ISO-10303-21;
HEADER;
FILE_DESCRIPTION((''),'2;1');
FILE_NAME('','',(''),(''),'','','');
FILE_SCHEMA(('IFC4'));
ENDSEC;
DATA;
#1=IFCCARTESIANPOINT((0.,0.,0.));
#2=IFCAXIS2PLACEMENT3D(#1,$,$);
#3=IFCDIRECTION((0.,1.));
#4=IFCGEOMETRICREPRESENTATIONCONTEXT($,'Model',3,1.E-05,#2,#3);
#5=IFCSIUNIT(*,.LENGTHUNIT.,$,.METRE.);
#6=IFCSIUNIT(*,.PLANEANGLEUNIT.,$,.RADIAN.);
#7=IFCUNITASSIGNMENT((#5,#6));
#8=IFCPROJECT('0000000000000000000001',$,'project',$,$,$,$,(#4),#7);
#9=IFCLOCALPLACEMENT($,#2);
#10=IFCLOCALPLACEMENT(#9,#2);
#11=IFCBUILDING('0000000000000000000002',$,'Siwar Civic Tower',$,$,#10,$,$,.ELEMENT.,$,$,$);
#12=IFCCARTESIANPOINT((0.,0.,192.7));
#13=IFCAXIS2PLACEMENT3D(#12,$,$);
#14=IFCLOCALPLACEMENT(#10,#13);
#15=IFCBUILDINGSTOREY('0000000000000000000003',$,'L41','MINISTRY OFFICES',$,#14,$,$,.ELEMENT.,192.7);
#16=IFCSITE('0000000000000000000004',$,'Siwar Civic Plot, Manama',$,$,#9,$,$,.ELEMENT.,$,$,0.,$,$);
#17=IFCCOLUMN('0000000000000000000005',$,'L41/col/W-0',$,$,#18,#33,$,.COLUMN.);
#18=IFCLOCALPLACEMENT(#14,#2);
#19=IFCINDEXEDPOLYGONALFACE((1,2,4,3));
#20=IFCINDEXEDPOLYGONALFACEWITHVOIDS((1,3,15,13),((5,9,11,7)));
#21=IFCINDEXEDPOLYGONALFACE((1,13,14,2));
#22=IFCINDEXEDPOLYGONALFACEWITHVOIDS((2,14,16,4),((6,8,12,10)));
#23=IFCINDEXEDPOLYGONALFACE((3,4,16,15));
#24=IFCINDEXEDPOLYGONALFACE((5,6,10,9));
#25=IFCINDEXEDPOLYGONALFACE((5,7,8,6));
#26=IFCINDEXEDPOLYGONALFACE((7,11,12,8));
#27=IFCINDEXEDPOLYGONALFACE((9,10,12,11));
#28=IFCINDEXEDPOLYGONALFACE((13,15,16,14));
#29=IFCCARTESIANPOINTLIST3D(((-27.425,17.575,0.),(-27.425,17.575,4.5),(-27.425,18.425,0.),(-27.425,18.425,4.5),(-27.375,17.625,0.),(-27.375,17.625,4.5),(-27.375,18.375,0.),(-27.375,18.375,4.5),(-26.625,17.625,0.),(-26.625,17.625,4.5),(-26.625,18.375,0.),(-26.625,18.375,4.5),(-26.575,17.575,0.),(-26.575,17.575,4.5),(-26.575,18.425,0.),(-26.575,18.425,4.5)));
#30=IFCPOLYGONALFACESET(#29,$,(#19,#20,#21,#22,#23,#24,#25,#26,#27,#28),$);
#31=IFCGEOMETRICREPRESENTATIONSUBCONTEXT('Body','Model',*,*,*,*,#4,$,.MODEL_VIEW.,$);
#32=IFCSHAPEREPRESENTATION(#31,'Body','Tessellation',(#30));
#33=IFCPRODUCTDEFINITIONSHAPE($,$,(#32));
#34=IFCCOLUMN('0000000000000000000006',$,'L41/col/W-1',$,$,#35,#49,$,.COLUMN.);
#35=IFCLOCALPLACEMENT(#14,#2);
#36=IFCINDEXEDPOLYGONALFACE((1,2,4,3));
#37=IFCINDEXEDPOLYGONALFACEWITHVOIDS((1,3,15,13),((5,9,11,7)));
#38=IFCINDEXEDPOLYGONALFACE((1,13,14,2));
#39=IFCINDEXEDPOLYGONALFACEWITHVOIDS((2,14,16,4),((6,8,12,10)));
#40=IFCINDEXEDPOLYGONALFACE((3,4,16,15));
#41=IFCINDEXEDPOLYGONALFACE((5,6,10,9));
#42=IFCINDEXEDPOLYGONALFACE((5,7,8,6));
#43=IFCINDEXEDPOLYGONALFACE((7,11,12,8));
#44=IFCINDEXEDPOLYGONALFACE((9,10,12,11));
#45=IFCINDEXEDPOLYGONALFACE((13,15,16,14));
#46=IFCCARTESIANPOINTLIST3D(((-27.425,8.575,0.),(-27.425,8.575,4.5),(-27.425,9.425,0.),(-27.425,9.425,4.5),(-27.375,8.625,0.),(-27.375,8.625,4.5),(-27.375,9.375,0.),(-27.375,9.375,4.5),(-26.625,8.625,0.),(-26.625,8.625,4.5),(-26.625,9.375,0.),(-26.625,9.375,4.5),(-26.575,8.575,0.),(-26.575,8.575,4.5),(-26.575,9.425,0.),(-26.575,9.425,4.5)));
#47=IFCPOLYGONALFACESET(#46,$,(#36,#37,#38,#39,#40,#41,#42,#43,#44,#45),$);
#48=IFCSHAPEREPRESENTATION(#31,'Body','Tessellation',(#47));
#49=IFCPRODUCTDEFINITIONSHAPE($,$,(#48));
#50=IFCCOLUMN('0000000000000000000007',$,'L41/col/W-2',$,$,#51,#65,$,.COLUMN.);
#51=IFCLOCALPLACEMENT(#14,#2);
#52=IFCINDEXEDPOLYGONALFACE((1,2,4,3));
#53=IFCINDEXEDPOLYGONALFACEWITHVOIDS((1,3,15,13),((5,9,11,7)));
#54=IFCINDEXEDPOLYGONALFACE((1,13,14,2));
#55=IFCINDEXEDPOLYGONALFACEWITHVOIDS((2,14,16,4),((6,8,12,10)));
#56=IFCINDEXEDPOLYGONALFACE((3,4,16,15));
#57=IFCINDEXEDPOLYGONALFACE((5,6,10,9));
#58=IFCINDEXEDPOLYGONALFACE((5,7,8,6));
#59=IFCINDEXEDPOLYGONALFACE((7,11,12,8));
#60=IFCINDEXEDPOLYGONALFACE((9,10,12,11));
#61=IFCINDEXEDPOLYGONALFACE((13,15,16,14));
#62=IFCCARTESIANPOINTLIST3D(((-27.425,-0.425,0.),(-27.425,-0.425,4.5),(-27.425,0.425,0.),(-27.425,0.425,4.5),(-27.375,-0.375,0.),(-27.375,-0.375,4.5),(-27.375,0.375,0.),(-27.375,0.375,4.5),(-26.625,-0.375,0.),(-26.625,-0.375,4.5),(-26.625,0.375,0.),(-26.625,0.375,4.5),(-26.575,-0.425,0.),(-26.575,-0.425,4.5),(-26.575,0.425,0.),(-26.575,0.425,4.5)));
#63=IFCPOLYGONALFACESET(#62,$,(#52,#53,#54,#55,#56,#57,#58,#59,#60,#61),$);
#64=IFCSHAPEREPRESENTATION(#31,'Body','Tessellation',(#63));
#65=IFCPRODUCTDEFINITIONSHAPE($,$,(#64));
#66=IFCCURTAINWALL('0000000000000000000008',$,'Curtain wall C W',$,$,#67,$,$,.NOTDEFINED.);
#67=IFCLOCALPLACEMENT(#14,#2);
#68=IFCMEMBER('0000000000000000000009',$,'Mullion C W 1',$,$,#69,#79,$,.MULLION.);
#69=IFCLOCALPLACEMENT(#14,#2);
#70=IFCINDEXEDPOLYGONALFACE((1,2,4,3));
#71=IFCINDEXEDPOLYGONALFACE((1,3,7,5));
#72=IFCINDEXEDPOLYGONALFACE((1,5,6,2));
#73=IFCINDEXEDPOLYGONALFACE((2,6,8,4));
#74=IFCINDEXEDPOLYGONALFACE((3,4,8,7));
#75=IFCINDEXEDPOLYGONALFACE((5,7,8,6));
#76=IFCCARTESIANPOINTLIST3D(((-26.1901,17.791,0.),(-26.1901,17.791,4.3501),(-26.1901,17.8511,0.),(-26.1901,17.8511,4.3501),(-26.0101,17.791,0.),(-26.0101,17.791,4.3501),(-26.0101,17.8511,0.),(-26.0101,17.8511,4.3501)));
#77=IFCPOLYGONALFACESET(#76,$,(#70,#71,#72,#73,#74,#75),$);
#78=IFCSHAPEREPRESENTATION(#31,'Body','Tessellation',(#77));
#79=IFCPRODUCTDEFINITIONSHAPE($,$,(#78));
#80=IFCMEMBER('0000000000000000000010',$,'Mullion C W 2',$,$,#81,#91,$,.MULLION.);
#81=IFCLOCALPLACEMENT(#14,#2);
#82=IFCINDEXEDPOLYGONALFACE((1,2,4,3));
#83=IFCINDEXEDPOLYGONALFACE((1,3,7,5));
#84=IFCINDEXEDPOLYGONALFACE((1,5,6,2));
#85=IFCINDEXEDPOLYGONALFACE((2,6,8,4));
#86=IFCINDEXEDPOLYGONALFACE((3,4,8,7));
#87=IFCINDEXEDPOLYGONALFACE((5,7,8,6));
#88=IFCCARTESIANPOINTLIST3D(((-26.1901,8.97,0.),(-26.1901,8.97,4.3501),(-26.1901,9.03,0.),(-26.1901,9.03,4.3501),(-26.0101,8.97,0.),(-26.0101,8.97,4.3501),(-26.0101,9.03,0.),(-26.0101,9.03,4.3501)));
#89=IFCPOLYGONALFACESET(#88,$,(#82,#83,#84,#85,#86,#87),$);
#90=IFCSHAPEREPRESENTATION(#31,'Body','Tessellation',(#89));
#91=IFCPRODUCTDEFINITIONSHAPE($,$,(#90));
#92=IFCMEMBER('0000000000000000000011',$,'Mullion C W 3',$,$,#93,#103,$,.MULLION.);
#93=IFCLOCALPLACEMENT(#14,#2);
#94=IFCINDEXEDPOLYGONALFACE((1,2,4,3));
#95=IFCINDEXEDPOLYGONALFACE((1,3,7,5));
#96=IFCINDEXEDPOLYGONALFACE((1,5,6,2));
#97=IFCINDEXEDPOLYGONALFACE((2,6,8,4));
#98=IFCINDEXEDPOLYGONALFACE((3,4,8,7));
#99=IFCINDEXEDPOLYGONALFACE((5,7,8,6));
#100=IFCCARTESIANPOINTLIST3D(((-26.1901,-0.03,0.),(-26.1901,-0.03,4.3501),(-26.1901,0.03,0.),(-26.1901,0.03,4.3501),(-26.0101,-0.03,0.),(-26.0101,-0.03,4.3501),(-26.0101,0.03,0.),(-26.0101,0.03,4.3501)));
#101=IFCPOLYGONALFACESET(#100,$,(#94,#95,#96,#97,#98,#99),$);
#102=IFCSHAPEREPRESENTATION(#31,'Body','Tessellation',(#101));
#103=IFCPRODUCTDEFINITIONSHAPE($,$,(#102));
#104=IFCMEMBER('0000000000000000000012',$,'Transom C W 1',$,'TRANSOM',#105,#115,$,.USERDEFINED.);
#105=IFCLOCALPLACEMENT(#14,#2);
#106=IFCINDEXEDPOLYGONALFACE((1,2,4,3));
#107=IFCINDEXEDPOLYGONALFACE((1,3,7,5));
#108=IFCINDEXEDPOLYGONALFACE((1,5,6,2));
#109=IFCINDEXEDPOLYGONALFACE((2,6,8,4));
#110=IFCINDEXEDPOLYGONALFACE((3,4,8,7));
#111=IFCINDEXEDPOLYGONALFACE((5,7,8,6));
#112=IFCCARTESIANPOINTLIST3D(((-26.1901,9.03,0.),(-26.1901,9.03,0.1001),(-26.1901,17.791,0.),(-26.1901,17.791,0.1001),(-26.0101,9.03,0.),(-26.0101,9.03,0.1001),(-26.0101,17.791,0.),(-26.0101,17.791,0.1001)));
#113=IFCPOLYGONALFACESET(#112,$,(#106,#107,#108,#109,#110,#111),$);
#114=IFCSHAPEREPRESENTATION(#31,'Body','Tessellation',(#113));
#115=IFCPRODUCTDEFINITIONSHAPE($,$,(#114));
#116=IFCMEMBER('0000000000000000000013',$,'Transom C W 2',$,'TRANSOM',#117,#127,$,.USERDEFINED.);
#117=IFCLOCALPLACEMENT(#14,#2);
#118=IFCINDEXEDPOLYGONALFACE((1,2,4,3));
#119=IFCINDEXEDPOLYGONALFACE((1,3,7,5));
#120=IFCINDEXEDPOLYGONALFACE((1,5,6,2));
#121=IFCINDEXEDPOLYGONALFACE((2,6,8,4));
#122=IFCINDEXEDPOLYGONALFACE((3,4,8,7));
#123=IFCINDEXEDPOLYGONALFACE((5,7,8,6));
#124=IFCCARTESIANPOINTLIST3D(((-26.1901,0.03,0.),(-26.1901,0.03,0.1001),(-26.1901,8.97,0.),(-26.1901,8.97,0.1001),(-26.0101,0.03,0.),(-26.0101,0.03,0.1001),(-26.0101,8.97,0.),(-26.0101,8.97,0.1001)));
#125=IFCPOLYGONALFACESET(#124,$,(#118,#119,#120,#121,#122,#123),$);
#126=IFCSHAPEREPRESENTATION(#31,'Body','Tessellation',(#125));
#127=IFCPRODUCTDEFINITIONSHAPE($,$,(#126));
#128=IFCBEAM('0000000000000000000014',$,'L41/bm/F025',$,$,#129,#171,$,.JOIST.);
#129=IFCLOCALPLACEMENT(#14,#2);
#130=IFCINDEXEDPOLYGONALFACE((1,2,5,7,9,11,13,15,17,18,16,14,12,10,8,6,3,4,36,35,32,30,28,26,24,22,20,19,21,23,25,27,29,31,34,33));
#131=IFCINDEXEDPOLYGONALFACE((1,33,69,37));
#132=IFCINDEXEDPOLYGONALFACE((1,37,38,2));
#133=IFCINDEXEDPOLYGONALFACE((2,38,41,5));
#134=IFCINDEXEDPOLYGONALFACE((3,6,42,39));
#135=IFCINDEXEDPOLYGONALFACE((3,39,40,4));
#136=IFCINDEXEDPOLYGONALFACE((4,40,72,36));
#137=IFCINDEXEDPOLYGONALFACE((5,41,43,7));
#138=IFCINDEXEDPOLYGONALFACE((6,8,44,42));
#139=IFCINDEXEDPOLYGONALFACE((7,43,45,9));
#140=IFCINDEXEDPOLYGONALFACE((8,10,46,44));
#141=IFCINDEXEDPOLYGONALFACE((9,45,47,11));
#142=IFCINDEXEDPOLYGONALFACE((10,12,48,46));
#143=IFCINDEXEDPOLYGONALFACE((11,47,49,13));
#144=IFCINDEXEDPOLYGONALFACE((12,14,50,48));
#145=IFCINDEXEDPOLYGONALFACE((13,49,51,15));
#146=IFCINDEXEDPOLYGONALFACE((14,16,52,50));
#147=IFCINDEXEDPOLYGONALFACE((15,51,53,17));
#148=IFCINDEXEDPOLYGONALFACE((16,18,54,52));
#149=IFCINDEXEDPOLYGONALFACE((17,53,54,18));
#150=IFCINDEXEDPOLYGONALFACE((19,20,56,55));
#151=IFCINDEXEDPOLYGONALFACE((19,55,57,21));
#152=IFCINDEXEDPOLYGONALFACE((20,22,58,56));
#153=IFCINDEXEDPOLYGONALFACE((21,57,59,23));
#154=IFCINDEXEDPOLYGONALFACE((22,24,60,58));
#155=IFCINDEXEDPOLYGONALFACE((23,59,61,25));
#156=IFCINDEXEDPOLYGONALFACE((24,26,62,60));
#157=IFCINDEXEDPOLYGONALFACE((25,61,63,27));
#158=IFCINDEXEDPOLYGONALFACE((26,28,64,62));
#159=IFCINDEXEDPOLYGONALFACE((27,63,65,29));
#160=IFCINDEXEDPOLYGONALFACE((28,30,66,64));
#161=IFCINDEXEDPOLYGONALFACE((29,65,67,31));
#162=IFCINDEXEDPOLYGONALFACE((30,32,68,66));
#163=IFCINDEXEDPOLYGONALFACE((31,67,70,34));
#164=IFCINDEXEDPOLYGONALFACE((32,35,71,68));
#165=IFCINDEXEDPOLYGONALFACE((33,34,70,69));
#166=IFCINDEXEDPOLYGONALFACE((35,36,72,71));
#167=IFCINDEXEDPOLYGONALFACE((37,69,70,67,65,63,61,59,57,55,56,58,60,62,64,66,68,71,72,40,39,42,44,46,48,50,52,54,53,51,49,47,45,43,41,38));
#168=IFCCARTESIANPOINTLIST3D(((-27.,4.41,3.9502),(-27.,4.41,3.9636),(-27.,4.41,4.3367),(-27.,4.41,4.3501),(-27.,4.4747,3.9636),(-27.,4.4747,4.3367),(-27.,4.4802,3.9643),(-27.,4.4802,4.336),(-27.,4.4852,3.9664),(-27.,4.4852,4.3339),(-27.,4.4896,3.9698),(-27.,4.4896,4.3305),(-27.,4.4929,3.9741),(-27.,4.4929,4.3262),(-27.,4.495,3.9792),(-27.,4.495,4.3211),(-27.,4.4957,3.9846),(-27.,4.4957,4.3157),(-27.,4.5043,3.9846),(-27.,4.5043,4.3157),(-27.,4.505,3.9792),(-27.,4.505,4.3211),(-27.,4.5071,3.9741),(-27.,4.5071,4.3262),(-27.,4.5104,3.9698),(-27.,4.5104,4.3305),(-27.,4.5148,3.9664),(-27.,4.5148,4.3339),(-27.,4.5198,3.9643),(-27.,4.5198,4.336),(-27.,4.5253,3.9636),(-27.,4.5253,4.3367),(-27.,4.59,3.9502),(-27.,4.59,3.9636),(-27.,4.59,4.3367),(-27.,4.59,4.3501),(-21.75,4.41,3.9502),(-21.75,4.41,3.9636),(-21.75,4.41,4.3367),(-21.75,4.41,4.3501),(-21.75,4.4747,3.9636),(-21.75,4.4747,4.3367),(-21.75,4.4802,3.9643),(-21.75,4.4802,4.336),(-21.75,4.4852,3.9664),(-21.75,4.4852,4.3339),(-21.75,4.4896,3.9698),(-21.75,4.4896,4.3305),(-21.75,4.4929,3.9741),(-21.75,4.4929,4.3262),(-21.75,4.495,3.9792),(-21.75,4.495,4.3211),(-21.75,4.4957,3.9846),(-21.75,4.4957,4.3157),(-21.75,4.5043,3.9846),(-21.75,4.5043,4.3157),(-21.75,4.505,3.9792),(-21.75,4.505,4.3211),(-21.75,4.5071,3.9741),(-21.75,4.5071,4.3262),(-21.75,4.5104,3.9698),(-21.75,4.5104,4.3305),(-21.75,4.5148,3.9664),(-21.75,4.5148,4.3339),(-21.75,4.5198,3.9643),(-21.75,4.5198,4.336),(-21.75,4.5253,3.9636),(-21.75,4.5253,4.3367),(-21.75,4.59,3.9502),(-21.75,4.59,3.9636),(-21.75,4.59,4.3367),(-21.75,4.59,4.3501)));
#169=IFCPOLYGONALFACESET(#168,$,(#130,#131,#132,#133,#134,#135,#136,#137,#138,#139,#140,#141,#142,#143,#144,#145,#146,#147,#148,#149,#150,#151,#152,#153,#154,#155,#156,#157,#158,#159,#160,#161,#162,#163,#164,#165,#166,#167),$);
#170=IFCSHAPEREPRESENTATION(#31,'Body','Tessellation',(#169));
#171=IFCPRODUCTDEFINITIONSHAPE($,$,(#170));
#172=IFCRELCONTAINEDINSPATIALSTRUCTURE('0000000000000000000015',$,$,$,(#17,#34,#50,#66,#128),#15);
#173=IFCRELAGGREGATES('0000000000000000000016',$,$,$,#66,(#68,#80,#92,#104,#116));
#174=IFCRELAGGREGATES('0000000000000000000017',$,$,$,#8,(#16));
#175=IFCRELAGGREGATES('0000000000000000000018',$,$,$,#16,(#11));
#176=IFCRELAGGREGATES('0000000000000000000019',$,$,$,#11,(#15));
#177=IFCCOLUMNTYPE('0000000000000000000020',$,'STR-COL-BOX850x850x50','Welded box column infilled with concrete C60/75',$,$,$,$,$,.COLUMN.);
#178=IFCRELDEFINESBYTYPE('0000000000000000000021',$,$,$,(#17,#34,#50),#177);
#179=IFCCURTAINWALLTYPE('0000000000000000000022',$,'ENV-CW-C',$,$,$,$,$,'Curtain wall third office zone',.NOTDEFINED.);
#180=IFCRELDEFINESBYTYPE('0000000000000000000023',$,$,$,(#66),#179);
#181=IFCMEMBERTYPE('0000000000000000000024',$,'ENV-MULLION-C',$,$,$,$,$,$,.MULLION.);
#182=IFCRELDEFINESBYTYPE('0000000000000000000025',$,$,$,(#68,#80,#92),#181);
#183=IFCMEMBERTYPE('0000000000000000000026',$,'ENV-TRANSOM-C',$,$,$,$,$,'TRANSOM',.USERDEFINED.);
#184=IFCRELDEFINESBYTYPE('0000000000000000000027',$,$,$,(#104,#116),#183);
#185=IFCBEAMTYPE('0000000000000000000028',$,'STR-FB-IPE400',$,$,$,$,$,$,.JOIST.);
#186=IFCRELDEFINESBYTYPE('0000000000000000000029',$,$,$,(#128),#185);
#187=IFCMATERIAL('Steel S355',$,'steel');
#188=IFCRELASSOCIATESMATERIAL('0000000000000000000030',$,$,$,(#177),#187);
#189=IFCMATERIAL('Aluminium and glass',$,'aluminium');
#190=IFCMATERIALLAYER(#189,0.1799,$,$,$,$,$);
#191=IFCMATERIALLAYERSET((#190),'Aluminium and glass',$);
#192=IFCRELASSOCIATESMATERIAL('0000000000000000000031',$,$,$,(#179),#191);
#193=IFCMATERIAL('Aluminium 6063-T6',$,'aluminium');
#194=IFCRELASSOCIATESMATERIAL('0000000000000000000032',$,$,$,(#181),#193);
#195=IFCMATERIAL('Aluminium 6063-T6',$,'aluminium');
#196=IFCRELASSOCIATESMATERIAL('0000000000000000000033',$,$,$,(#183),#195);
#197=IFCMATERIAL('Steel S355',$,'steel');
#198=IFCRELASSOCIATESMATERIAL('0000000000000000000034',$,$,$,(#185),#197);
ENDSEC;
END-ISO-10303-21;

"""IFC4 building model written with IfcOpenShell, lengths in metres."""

from ifc_helpers import new_model, si_unit, direction, frame, origin, origin_2d, place, context, subcontext, project, spatial, rectangle, hollow_rectangle, i_section, extrude, material, layer, layer_set, material_profile, profile_set, type_object, element, aggregate, save


model = new_model("IFC4")

# Units and contexts
model_context = context("Model", 3, precision=1e-05, world=origin(), true_north=direction((0.0, 1.0)))
body_context = subcontext(model_context, "Body", "Model", "MODEL_VIEW")
ifc_project = project(units=[si_unit("LENGTHUNIT", "METRE"), si_unit("PLANEANGLEUNIT", "RADIAN")], contexts=[model_context])

# Site, building, storey
site_placement = place(None, origin())
site = spatial("IfcSite", under=ifc_project, at=site_placement, Name="Siwar Civic Plot, Manama", CompositionType="ELEMENT", RefElevation=0.0)
building_placement = place(site_placement, origin())
building = spatial("IfcBuilding", under=site, at=building_placement, Name="Siwar Civic Tower", CompositionType="ELEMENT")
storey_placement = place(building_placement, frame((0.0, 0.0, 192.7)))
storey = spatial("IfcBuildingStorey", under=building, at=storey_placement, Name="L41", Description="MINISTRY OFFICES", CompositionType="ELEMENT", Elevation=192.7)

# Columns
ifc_material_1 = material(Name="Steel S355", Category="steel")
ifc_material_profile_1 = material_profile(ifc_material_1, hollow_rectangle(XDim=0.8501, YDim=0.8501, WallThickness=0.05, at=origin_2d()), Name="BOX850x850x50")
ifc_profile_set_1 = profile_set([ifc_material_profile_1], Name="Steel S355")
column_type = type_object("IfcColumnType", Name="STR-COL-BOX850x850x50", Description="Welded box column infilled with concrete C60/75", PredefinedType="COLUMN", material=ifc_profile_set_1)
for number, where, z_axis, x_axis, name in (
    (1, (-27.0, 18.0, 0.0), (0.0, 0.0, 1.0), (1.0, 0.0, 0.0), "L41/col/W-0"),
    (2, (-27.0, 9.0, 0.0), (0.0, 0.0, 1.0), (1.0, 0.0, 0.0), "L41/col/W-1"),
    (3, (-27.0, 0.0, 0.0), (0.0, 0.0, 1.0), (1.0, 0.0, 0.0), "L41/col/W-2"),
):
    element("IfcColumn", number, at=place(storey_placement, frame(where, z_axis=z_axis, x_axis=x_axis)), inside=storey, type_object=column_type, Name=name, PredefinedType="COLUMN", context=body_context, shape_type="SweptSolid", body=[
        extrude(hollow_rectangle(XDim=0.8501, YDim=0.8501, WallThickness=0.05, at=origin_2d()), origin(), (0.0, 0.0, 1.0), 4.5),
    ])

# Curtain wall, members
ifc_material_2 = material(Name="Aluminium and glass", Category="aluminium")
ifc_layer_1 = layer(ifc_material_2, 0.1799)
ifc_layer_set_1 = layer_set([ifc_layer_1], Name="Aluminium and glass")
curtain_wall_type = type_object("IfcCurtainWallType", Name="ENV-CW-C", ElementType="Curtain wall third office zone", PredefinedType="NOTDEFINED", material=ifc_layer_set_1)
curtain_wall_placement = place(storey_placement, origin())
curtain_wall = element("IfcCurtainWall", 4, at=curtain_wall_placement, inside=storey, type_object=curtain_wall_type, Name="Curtain wall C W", PredefinedType="NOTDEFINED")
ifc_material_3 = material(Name="Aluminium 6063-T6", Category="aluminium")
ifc_material_profile_2 = material_profile(ifc_material_3, rectangle(XDim=0.1799, YDim=0.0601, at=origin_2d()), Name="AL 180x60")
ifc_profile_set_2 = profile_set([ifc_material_profile_2], Name="Aluminium 6063-T6")
member_type_1 = type_object("IfcMemberType", Name="ENV-MULLION-C", PredefinedType="MULLION", material=ifc_profile_set_2)
member_1_placement = place(storey_placement, frame((-26.1001, 17.821, 0.0), z_axis=(0.0, 0.0, 1.0), x_axis=(1.0, 0.0, 0.0)))
member_1 = element("IfcMember", 5, at=member_1_placement, type_object=member_type_1, Name="Mullion C W 1", PredefinedType="MULLION", context=body_context, shape_type="SweptSolid", body=[
    extrude(rectangle(XDim=0.1799, YDim=0.0601, at=origin_2d()), origin(), (0.0, 0.0, 1.0), 4.3501),
])
member_2_placement = place(storey_placement, frame((-26.1001, 9.0, 0.0), z_axis=(0.0, 0.0, 1.0), x_axis=(1.0, 0.0, 0.0)))
member_2 = element("IfcMember", 6, at=member_2_placement, type_object=member_type_1, Name="Mullion C W 2", PredefinedType="MULLION", context=body_context, shape_type="SweptSolid", body=[
    extrude(rectangle(XDim=0.1799, YDim=0.0601, at=origin_2d()), origin(), (0.0, 0.0, 1.0), 4.3501),
])
member_3_placement = place(storey_placement, frame((-26.1001, 0.0, 0.0), z_axis=(0.0, 0.0, 1.0), x_axis=(1.0, 0.0, 0.0)))
member_3 = element("IfcMember", 7, at=member_3_placement, type_object=member_type_1, Name="Mullion C W 3", PredefinedType="MULLION", context=body_context, shape_type="SweptSolid", body=[
    extrude(rectangle(XDim=0.1799, YDim=0.0601, at=origin_2d()), origin(), (0.0, 0.0, 1.0), 4.3501),
])
ifc_material_4 = material(Name="Aluminium 6063-T6", Category="aluminium")
ifc_material_profile_3 = material_profile(ifc_material_4, rectangle(XDim=0.1799, YDim=0.1001, at=origin_2d()), Name="AL 180x100")
ifc_profile_set_3 = profile_set([ifc_material_profile_3], Name="Aluminium 6063-T6")
member_type_2 = type_object("IfcMemberType", Name="ENV-TRANSOM-C", ElementType="TRANSOM", PredefinedType="USERDEFINED", material=ifc_profile_set_3)
member_4_placement = place(storey_placement, frame((-26.1001, 17.791, 0.05), z_axis=(0.0, -1.0, 0.0), x_axis=(1.0, 0.0, 0.0)))
member_4 = element("IfcMember", 8, at=member_4_placement, type_object=member_type_2, Name="Transom C W 1", ObjectType="TRANSOM", PredefinedType="USERDEFINED", context=body_context, shape_type="SweptSolid", body=[
    extrude(rectangle(XDim=0.1799, YDim=0.1001, at=origin_2d()), origin(), (0.0, 0.0, 1.0), 8.761),
])
member_5_placement = place(storey_placement, frame((-26.1001, 8.97, 0.05), z_axis=(0.0, -1.0, 0.0), x_axis=(1.0, 0.0, 0.0)))
member_5 = element("IfcMember", 9, at=member_5_placement, type_object=member_type_2, Name="Transom C W 2", ObjectType="TRANSOM", PredefinedType="USERDEFINED", context=body_context, shape_type="SweptSolid", body=[
    extrude(rectangle(XDim=0.1799, YDim=0.1001, at=origin_2d()), origin(), (0.0, 0.0, 1.0), 8.9399),
])

# Beam
ifc_material_5 = material(Name="Steel S355", Category="steel")
ifc_material_profile_4 = material_profile(ifc_material_5, i_section(OverallWidth=0.1799, OverallDepth=0.3999, WebThickness=0.0085, FlangeThickness=0.0134, FilletRadius=0.021, at=origin_2d()), Name="IPE400")
ifc_profile_set_4 = profile_set([ifc_material_profile_4], Name="Steel S355")
beam_type_1 = type_object("IfcBeamType", Name="STR-FB-IPE400", PredefinedType="JOIST", material=ifc_profile_set_4)
for number, where, z_axis, x_axis, name in (
    (10, (-27.0, 4.5, 4.1501), (1.0, 0.0, 0.0), (0.0, 1.0, 0.0), "L41/bm/F025"),
):
    element("IfcBeam", number, at=place(storey_placement, frame(where, z_axis=z_axis, x_axis=x_axis)), inside=storey, type_object=beam_type_1, Name=name, PredefinedType="JOIST", context=body_context, shape_type="SweptSolid", body=[
        extrude(i_section(OverallWidth=0.1799, OverallDepth=0.3999, WebThickness=0.0085, FlangeThickness=0.0134, FilletRadius=0.021, at=origin_2d()), origin(), (0.0, 0.0, 1.0), 5.25),
    ])

aggregate(curtain_wall, [member_1, member_2, member_3, member_4, member_5])

save(model, "model.ifc")
